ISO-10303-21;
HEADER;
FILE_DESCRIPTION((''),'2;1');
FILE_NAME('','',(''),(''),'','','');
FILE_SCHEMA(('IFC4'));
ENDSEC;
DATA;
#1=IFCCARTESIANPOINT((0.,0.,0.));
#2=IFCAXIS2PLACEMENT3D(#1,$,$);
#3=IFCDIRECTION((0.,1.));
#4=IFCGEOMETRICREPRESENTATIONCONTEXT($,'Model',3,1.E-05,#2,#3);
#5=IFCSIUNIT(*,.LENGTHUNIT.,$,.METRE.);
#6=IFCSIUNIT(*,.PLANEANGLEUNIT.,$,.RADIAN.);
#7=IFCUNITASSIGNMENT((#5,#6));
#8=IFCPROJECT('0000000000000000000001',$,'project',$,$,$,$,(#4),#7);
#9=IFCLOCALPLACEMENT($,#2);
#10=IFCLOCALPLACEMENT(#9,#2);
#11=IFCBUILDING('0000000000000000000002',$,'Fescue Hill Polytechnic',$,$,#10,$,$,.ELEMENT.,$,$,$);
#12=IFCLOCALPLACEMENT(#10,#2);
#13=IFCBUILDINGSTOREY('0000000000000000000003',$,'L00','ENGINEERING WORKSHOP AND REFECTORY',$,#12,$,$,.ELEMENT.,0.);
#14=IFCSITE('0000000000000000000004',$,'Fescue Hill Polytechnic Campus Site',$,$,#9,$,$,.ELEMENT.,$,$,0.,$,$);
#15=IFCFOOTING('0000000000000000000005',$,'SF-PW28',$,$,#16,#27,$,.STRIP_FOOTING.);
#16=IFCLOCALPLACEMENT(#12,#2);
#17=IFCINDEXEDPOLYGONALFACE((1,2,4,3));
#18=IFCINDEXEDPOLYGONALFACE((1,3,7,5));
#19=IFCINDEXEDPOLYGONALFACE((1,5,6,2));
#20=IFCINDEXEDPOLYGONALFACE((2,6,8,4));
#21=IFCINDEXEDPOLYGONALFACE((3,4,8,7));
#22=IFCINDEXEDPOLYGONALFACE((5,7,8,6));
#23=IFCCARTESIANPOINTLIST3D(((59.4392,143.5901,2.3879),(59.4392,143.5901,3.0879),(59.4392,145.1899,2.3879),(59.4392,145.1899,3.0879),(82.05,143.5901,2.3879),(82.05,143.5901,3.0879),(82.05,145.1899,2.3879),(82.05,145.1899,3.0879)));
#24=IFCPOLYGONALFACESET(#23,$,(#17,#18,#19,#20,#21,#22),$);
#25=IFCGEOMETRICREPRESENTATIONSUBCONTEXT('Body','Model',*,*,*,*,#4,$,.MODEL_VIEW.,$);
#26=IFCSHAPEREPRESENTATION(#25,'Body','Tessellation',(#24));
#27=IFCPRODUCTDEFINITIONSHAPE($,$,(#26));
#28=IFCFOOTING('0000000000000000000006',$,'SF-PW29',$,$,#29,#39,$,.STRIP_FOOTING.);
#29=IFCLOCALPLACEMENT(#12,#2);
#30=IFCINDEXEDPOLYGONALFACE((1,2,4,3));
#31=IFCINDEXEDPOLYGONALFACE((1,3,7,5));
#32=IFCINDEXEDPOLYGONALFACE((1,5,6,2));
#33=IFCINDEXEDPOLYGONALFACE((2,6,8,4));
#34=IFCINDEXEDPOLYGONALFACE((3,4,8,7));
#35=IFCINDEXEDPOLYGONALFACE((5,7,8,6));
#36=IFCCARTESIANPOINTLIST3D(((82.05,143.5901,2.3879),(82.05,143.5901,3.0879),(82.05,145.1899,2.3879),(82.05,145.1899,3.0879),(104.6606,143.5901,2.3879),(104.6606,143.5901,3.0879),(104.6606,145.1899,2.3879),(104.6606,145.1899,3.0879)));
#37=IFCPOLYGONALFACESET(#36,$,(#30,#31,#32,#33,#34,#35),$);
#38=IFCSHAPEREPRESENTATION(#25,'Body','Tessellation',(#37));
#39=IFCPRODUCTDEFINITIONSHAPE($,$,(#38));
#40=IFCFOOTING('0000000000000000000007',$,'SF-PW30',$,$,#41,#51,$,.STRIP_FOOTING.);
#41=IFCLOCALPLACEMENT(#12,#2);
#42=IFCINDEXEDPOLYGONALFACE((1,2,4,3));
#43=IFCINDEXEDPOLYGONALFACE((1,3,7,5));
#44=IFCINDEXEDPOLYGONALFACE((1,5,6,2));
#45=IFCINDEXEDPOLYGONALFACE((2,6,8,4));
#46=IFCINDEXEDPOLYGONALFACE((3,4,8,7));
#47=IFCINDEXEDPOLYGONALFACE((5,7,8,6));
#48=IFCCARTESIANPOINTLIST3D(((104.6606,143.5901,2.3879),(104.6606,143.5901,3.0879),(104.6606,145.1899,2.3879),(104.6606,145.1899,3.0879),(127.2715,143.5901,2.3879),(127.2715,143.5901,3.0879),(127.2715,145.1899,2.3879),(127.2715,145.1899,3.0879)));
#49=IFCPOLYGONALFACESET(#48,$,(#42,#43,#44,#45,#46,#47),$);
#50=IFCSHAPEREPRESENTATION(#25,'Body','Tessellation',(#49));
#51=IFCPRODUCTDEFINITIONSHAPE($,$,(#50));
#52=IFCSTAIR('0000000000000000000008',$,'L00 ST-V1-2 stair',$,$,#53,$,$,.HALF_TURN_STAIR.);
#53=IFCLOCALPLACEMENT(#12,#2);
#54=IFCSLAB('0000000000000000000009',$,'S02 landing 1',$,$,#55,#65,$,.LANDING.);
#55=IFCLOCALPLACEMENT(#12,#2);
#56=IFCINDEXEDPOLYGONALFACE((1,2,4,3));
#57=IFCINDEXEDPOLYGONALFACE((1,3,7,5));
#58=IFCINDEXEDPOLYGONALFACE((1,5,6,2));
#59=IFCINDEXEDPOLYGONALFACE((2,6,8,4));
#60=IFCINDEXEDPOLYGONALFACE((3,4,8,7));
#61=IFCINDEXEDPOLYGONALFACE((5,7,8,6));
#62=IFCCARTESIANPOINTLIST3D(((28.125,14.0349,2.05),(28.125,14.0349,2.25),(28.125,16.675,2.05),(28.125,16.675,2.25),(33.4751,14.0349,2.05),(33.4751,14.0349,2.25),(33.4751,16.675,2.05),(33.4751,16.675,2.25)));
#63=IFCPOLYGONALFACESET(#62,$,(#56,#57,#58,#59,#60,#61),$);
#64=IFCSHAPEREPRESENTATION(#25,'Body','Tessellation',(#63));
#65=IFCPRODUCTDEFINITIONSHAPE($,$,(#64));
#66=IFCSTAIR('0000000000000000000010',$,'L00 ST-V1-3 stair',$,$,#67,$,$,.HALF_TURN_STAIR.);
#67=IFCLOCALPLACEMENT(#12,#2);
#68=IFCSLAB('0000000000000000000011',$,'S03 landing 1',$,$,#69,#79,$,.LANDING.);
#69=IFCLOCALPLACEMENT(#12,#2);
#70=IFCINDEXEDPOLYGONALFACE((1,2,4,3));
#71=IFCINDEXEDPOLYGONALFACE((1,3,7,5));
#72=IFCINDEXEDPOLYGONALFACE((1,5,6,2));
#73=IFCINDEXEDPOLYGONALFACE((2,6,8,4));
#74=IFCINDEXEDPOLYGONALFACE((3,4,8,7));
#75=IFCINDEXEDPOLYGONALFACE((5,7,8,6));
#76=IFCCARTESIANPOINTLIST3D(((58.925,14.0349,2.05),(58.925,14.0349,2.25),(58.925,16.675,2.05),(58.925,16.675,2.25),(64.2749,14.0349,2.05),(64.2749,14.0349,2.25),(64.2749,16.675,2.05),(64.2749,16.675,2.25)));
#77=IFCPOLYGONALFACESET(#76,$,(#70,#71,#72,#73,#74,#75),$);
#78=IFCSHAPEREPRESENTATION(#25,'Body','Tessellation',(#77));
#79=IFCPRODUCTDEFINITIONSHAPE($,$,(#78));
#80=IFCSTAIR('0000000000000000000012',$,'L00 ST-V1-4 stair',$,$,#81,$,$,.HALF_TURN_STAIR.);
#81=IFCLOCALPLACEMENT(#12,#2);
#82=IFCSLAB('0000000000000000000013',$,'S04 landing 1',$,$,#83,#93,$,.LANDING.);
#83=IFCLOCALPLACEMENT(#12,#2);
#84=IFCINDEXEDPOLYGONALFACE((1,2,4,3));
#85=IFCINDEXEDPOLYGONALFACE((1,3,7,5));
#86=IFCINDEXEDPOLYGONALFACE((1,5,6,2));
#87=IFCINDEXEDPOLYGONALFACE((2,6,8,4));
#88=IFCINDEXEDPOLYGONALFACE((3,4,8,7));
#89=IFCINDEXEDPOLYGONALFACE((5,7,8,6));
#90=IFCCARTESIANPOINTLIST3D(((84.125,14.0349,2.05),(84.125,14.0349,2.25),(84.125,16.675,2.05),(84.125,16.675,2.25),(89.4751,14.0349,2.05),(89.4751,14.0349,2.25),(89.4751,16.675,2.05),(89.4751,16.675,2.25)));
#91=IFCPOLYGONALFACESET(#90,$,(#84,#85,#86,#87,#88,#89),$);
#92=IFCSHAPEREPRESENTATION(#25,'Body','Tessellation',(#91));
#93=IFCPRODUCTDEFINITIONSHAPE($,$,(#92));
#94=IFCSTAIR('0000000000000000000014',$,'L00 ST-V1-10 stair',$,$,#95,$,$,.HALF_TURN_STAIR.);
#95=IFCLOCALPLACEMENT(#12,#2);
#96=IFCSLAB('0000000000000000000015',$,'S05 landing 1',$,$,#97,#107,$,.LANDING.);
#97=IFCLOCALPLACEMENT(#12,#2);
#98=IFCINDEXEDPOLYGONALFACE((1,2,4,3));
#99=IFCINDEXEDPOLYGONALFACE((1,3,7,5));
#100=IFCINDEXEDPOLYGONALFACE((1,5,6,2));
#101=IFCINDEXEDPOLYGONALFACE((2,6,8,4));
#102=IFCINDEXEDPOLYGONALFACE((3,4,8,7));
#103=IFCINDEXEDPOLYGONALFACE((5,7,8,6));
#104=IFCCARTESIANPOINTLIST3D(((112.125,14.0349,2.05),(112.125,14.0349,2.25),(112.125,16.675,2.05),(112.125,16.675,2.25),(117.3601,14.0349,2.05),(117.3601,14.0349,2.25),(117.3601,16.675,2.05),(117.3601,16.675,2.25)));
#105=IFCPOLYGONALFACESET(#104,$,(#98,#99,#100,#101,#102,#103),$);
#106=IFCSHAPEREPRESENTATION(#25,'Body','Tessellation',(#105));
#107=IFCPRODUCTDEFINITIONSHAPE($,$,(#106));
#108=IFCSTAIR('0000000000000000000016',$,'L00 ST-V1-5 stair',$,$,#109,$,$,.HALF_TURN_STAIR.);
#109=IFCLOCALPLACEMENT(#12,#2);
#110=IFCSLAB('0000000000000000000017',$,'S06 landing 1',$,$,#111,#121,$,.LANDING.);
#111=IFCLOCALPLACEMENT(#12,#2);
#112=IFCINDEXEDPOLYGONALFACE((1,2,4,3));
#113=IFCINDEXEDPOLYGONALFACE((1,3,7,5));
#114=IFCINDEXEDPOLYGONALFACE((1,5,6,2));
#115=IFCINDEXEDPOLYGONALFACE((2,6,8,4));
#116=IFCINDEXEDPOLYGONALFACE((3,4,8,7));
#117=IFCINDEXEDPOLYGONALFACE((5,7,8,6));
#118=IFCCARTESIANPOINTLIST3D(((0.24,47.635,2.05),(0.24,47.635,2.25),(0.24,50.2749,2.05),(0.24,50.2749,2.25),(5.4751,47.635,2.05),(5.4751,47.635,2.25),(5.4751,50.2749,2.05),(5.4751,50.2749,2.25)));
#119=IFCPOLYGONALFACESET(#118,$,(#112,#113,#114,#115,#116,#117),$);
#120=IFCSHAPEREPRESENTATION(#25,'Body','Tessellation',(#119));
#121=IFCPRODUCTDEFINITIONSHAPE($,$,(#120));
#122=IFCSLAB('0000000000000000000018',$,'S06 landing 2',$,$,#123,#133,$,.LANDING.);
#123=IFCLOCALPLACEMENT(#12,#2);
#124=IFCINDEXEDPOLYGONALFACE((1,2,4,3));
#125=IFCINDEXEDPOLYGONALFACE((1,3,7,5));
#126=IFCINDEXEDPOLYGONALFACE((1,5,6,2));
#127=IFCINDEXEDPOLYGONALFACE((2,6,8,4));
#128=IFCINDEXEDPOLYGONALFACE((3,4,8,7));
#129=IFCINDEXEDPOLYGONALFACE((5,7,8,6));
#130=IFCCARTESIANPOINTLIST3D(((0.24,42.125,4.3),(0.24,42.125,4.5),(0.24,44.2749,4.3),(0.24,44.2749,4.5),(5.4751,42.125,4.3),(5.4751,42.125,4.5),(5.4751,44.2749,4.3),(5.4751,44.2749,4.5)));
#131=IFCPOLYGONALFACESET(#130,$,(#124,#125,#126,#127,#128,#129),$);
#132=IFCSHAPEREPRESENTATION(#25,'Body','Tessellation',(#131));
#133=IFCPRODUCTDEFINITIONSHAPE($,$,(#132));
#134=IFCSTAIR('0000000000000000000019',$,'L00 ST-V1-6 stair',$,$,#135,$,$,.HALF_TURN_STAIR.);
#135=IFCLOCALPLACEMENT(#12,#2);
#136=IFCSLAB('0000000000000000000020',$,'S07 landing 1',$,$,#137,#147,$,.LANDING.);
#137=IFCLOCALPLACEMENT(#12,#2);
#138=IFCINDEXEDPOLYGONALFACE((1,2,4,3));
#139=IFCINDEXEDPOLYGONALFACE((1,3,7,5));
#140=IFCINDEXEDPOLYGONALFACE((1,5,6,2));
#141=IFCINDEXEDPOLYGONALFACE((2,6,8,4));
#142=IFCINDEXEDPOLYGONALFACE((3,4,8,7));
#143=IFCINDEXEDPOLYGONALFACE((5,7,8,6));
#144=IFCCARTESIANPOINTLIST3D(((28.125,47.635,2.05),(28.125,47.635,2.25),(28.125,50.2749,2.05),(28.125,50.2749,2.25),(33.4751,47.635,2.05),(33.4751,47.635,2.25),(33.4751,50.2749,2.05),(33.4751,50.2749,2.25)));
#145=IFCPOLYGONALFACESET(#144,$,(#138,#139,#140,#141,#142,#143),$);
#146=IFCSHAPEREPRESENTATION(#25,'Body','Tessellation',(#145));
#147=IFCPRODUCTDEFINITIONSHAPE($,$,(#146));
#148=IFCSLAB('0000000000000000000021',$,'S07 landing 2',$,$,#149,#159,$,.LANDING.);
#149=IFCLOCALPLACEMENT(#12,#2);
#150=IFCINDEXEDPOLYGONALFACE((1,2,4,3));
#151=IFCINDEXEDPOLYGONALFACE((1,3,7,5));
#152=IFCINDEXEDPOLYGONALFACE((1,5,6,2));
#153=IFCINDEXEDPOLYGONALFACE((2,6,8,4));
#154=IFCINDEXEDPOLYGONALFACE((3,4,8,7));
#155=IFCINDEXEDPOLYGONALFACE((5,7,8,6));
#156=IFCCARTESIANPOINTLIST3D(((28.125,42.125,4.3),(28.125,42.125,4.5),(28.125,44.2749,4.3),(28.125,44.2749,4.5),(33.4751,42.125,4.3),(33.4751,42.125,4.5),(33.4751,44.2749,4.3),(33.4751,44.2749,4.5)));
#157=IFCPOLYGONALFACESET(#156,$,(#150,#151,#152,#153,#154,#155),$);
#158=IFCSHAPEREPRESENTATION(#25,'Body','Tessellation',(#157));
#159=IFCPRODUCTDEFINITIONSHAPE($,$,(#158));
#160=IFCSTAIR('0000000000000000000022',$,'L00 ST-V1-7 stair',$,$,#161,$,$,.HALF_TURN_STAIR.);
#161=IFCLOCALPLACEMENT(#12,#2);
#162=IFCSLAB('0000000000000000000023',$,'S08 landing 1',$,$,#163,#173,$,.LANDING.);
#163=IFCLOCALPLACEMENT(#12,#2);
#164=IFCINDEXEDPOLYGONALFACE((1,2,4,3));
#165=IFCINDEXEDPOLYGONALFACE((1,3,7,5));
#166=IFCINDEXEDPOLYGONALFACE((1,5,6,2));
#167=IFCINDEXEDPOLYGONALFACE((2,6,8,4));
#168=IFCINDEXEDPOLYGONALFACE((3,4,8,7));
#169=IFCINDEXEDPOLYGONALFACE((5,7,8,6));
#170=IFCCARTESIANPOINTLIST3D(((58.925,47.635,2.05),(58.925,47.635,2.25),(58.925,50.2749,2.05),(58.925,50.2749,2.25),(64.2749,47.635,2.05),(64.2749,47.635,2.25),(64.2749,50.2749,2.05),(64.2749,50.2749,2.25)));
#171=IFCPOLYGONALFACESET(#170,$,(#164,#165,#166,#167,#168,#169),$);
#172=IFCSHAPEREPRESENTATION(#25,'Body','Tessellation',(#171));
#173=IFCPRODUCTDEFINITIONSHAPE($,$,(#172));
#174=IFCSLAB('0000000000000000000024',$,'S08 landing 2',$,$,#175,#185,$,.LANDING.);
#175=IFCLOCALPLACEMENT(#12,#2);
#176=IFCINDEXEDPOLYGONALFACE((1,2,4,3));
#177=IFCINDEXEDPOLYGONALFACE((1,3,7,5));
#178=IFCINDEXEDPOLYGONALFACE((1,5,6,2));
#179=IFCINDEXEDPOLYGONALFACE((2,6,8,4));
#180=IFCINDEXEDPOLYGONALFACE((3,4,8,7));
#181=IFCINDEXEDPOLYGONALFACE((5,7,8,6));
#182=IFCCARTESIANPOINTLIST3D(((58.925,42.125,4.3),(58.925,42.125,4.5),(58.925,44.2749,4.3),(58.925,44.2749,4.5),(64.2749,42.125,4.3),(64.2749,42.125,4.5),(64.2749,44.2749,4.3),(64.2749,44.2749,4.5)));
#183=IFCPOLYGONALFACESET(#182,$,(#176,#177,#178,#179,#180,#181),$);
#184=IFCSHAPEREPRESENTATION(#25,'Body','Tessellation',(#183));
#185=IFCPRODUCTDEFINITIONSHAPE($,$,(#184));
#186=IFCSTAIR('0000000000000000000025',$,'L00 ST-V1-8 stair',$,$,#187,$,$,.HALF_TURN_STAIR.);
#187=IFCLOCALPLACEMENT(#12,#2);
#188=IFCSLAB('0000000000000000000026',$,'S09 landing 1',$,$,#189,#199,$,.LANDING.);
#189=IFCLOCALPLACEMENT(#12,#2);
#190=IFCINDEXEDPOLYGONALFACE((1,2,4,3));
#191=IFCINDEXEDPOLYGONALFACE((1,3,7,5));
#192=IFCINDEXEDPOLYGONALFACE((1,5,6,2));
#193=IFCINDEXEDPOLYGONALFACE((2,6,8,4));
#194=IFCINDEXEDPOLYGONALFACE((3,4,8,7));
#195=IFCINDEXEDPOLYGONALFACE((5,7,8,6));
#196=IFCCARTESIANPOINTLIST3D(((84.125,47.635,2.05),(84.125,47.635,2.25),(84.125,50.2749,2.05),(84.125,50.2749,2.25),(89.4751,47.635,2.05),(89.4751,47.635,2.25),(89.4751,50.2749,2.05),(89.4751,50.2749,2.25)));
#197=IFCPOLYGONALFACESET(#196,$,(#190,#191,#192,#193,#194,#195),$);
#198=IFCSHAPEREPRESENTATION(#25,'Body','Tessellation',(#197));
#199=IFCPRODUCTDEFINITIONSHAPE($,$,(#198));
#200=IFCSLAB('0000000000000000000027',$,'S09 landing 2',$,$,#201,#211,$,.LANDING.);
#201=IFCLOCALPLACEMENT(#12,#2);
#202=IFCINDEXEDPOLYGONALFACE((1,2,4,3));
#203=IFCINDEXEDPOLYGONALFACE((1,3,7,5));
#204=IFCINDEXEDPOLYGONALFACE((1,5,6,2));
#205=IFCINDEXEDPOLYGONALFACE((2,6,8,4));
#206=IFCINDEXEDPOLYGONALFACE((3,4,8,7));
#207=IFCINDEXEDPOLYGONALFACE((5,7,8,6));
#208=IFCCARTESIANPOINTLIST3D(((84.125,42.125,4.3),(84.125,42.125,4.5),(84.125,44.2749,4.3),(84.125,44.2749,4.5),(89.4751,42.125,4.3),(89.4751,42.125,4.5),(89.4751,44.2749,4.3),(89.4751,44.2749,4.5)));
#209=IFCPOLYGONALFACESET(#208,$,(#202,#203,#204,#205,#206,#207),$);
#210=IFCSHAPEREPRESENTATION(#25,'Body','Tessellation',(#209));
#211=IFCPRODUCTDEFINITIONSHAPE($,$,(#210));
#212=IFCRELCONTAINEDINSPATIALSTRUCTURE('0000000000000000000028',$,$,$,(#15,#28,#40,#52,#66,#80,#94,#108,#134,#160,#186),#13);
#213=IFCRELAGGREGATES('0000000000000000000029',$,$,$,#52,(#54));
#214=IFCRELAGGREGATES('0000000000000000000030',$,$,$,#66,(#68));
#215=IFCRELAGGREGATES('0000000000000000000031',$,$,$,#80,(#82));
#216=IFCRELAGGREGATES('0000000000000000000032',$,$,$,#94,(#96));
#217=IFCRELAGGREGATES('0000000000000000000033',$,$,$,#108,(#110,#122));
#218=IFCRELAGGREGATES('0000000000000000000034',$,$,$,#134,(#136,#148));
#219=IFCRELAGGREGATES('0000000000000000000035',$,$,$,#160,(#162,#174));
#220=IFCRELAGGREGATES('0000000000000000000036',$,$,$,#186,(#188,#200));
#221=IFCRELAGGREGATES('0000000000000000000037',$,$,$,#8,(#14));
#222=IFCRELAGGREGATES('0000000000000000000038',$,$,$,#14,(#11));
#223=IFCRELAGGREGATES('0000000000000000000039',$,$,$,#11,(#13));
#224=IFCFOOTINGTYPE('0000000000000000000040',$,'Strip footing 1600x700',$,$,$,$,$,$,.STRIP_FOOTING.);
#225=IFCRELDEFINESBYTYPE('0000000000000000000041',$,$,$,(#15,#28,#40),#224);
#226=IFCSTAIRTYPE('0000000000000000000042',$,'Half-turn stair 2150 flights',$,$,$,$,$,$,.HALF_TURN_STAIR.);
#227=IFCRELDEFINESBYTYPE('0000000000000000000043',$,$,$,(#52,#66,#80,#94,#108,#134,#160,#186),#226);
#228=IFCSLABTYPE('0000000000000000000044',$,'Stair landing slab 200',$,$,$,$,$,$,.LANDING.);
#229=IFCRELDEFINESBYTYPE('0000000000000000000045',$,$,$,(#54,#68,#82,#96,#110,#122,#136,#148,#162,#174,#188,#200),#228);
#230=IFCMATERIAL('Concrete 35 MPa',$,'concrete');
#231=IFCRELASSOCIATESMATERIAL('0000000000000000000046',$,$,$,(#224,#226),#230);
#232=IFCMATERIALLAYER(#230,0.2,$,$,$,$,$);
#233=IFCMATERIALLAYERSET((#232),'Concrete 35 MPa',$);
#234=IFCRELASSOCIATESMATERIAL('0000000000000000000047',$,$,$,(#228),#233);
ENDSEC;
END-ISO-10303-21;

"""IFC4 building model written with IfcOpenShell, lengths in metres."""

from ifc_helpers import new_model, si_unit, direction, frame, origin, place, context, subcontext, project, spatial, polyline, outline, extrude, material, layer, layer_set, type_object, element, aggregate, save


model = new_model("IFC4")

# Units and contexts
model_context = context("Model", 3, precision=1e-05, world=origin(), true_north=direction((0.0, 1.0)))
body_context = subcontext(model_context, "Body", "Model", "MODEL_VIEW")
ifc_project = project(units=[si_unit("LENGTHUNIT", "METRE"), si_unit("PLANEANGLEUNIT", "RADIAN")], contexts=[model_context])

# Site, building, storey
site_placement = place(None, origin())
site = spatial("IfcSite", under=ifc_project, at=site_placement, Name="Fescue Hill Polytechnic Campus Site", CompositionType="ELEMENT", RefElevation=0.0)
building_placement = place(site_placement, origin())
building = spatial("IfcBuilding", under=site, at=building_placement, Name="Fescue Hill Polytechnic", CompositionType="ELEMENT")
storey_placement = place(building_placement, origin())
storey = spatial("IfcBuildingStorey", under=building, at=storey_placement, Name="L00", Description="ENGINEERING WORKSHOP AND REFECTORY", CompositionType="ELEMENT", Elevation=0.0)

# Footings
ifc_material = material(Name="Concrete 35 MPa", Category="concrete")
footing_type_1 = type_object("IfcFootingType", Name="Strip footing 1600x700", PredefinedType="STRIP_FOOTING", material=ifc_material)
footing_1_placement = place(storey_placement, frame((0.0, 0.0, 2.3879)))
element("IfcFooting", 1, at=footing_1_placement, inside=storey, type_object=footing_type_1, Name="SF-PW28", PredefinedType="STRIP_FOOTING", context=body_context, shape_type="SweptSolid", body=[
    extrude(outline(polyline([(59.4392, 143.5901), (82.05, 143.5901), (82.05, 145.1899), (59.4392, 145.1899), (59.4392, 143.5901)])), origin(), (0.0, 0.0, 1.0), 0.7),
])
footing_2_placement = place(storey_placement, frame((0.0, 0.0, 2.3879)))
element("IfcFooting", 2, at=footing_2_placement, inside=storey, type_object=footing_type_1, Name="SF-PW29", PredefinedType="STRIP_FOOTING", context=body_context, shape_type="SweptSolid", body=[
    extrude(outline(polyline([(82.05, 143.5901), (104.6606, 143.5901), (104.6606, 145.1899), (82.05, 145.1899), (82.05, 143.5901)])), origin(), (0.0, 0.0, 1.0), 0.7),
])
footing_3_placement = place(storey_placement, frame((0.0, 0.0, 2.3879)))
element("IfcFooting", 3, at=footing_3_placement, inside=storey, type_object=footing_type_1, Name="SF-PW30", PredefinedType="STRIP_FOOTING", context=body_context, shape_type="SweptSolid", body=[
    extrude(outline(polyline([(104.6606, 143.5901), (127.2715, 143.5901), (127.2715, 145.1899), (104.6606, 145.1899), (104.6606, 143.5901)])), origin(), (0.0, 0.0, 1.0), 0.7),
])

# Stairs, slabs
stair_type = type_object("IfcStairType", Name="Half-turn stair 2150 flights", PredefinedType="HALF_TURN_STAIR", material=ifc_material)
stair_1_placement = place(storey_placement, origin())
stair_1 = element("IfcStair", 4, at=stair_1_placement, inside=storey, type_object=stair_type, Name="L00 ST-V1-2 stair", PredefinedType="HALF_TURN_STAIR")
ifc_layer = layer(ifc_material, 0.2)
ifc_layer_set = layer_set([ifc_layer], Name="Concrete 35 MPa")
slab_type = type_object("IfcSlabType", Name="Stair landing slab 200", PredefinedType="LANDING", material=ifc_layer_set)
slab_1_placement = place(storey_placement, frame((0.0, 0.0, 2.05)))
slab_1 = element("IfcSlab", 5, at=slab_1_placement, type_object=slab_type, Name="S02 landing 1", PredefinedType="LANDING", context=body_context, shape_type="SweptSolid", body=[
    extrude(outline(polyline([(28.125, 14.0349), (33.4751, 14.0349), (33.4751, 16.675), (28.125, 16.675), (28.125, 14.0349)])), origin(), (0.0, 0.0, 1.0), 0.2),
])
aggregate(stair_1, [slab_1])
stair_2_placement = place(storey_placement, origin())
stair_2 = element("IfcStair", 6, at=stair_2_placement, inside=storey, type_object=stair_type, Name="L00 ST-V1-3 stair", PredefinedType="HALF_TURN_STAIR")
slab_2_placement = place(storey_placement, frame((0.0, 0.0, 2.05)))
slab_2 = element("IfcSlab", 7, at=slab_2_placement, type_object=slab_type, Name="S03 landing 1", PredefinedType="LANDING", context=body_context, shape_type="SweptSolid", body=[
    extrude(outline(polyline([(58.925, 14.0349), (64.2749, 14.0349), (64.2749, 16.675), (58.925, 16.675), (58.925, 14.0349)])), origin(), (0.0, 0.0, 1.0), 0.2),
])
aggregate(stair_2, [slab_2])
stair_3_placement = place(storey_placement, origin())
stair_3 = element("IfcStair", 8, at=stair_3_placement, inside=storey, type_object=stair_type, Name="L00 ST-V1-4 stair", PredefinedType="HALF_TURN_STAIR")
slab_3_placement = place(storey_placement, frame((0.0, 0.0, 2.05)))
slab_3 = element("IfcSlab", 9, at=slab_3_placement, type_object=slab_type, Name="S04 landing 1", PredefinedType="LANDING", context=body_context, shape_type="SweptSolid", body=[
    extrude(outline(polyline([(84.125, 14.0349), (89.4751, 14.0349), (89.4751, 16.675), (84.125, 16.675), (84.125, 14.0349)])), origin(), (0.0, 0.0, 1.0), 0.2),
])
aggregate(stair_3, [slab_3])
stair_4_placement = place(storey_placement, origin())
stair_4 = element("IfcStair", 10, at=stair_4_placement, inside=storey, type_object=stair_type, Name="L00 ST-V1-10 stair", PredefinedType="HALF_TURN_STAIR")
slab_4_placement = place(storey_placement, frame((0.0, 0.0, 2.05)))
slab_4 = element("IfcSlab", 11, at=slab_4_placement, type_object=slab_type, Name="S05 landing 1", PredefinedType="LANDING", context=body_context, shape_type="SweptSolid", body=[
    extrude(outline(polyline([(112.125, 14.0349), (117.3601, 14.0349), (117.3601, 16.675), (112.125, 16.675), (112.125, 14.0349)])), origin(), (0.0, 0.0, 1.0), 0.2),
])
aggregate(stair_4, [slab_4])

# Stairs, slabs
stair_5_placement = place(storey_placement, origin())
stair_5 = element("IfcStair", 12, at=stair_5_placement, inside=storey, type_object=stair_type, Name="L00 ST-V1-5 stair", PredefinedType="HALF_TURN_STAIR")
slab_5_placement = place(storey_placement, frame((0.0, 0.0, 2.05)))
slab_5 = element("IfcSlab", 13, at=slab_5_placement, type_object=slab_type, Name="S06 landing 1", PredefinedType="LANDING", context=body_context, shape_type="SweptSolid", body=[
    extrude(outline(polyline([(0.24, 47.635), (5.4751, 47.635), (5.4751, 50.2749), (0.24, 50.2749), (0.24, 47.635)])), origin(), (0.0, 0.0, 1.0), 0.2),
])
slab_6_placement = place(storey_placement, frame((0.0, 0.0, 4.3)))
slab_6 = element("IfcSlab", 14, at=slab_6_placement, type_object=slab_type, Name="S06 landing 2", PredefinedType="LANDING", context=body_context, shape_type="SweptSolid", body=[
    extrude(outline(polyline([(0.24, 42.125), (5.4751, 42.125), (5.4751, 44.2749), (0.24, 44.2749), (0.24, 42.125)])), origin(), (0.0, 0.0, 1.0), 0.2),
])
aggregate(stair_5, [slab_5, slab_6])
stair_6_placement = place(storey_placement, origin())
stair_6 = element("IfcStair", 15, at=stair_6_placement, inside=storey, type_object=stair_type, Name="L00 ST-V1-6 stair", PredefinedType="HALF_TURN_STAIR")
slab_7_placement = place(storey_placement, frame((0.0, 0.0, 2.05)))
slab_7 = element("IfcSlab", 16, at=slab_7_placement, type_object=slab_type, Name="S07 landing 1", PredefinedType="LANDING", context=body_context, shape_type="SweptSolid", body=[
    extrude(outline(polyline([(28.125, 47.635), (33.4751, 47.635), (33.4751, 50.2749), (28.125, 50.2749), (28.125, 47.635)])), origin(), (0.0, 0.0, 1.0), 0.2),
])
slab_8_placement = place(storey_placement, frame((0.0, 0.0, 4.3)))
slab_8 = element("IfcSlab", 17, at=slab_8_placement, type_object=slab_type, Name="S07 landing 2", PredefinedType="LANDING", context=body_context, shape_type="SweptSolid", body=[
    extrude(outline(polyline([(28.125, 42.125), (33.4751, 42.125), (33.4751, 44.2749), (28.125, 44.2749), (28.125, 42.125)])), origin(), (0.0, 0.0, 1.0), 0.2),
])
aggregate(stair_6, [slab_7, slab_8])
stair_7_placement = place(storey_placement, origin())
stair_7 = element("IfcStair", 18, at=stair_7_placement, inside=storey, type_object=stair_type, Name="L00 ST-V1-7 stair", PredefinedType="HALF_TURN_STAIR")
slab_9_placement = place(storey_placement, frame((0.0, 0.0, 2.05)))
slab_9 = element("IfcSlab", 19, at=slab_9_placement, type_object=slab_type, Name="S08 landing 1", PredefinedType="LANDING", context=body_context, shape_type="SweptSolid", body=[
    extrude(outline(polyline([(58.925, 47.635), (64.2749, 47.635), (64.2749, 50.2749), (58.925, 50.2749), (58.925, 47.635)])), origin(), (0.0, 0.0, 1.0), 0.2),
])
slab_10_placement = place(storey_placement, frame((0.0, 0.0, 4.3)))
slab_10 = element("IfcSlab", 20, at=slab_10_placement, type_object=slab_type, Name="S08 landing 2", PredefinedType="LANDING", context=body_context, shape_type="SweptSolid", body=[
    extrude(outline(polyline([(58.925, 42.125), (64.2749, 42.125), (64.2749, 44.2749), (58.925, 44.2749), (58.925, 42.125)])), origin(), (0.0, 0.0, 1.0), 0.2),
])
aggregate(stair_7, [slab_9, slab_10])
stair_8_placement = place(storey_placement, origin())
stair_8 = element("IfcStair", 21, at=stair_8_placement, inside=storey, type_object=stair_type, Name="L00 ST-V1-8 stair", PredefinedType="HALF_TURN_STAIR")
slab_11_placement = place(storey_placement, frame((0.0, 0.0, 2.05)))
slab_11 = element("IfcSlab", 22, at=slab_11_placement, type_object=slab_type, Name="S09 landing 1", PredefinedType="LANDING", context=body_context, shape_type="SweptSolid", body=[
    extrude(outline(polyline([(84.125, 47.635), (89.4751, 47.635), (89.4751, 50.2749), (84.125, 50.2749), (84.125, 47.635)])), origin(), (0.0, 0.0, 1.0), 0.2),
])
slab_12_placement = place(storey_placement, frame((0.0, 0.0, 4.3)))
slab_12 = element("IfcSlab", 23, at=slab_12_placement, type_object=slab_type, Name="S09 landing 2", PredefinedType="LANDING", context=body_context, shape_type="SweptSolid", body=[
    extrude(outline(polyline([(84.125, 42.125), (89.4751, 42.125), (89.4751, 44.2749), (84.125, 44.2749), (84.125, 42.125)])), origin(), (0.0, 0.0, 1.0), 0.2),
])
aggregate(stair_8, [slab_11, slab_12])

save(model, "model.ifc")
